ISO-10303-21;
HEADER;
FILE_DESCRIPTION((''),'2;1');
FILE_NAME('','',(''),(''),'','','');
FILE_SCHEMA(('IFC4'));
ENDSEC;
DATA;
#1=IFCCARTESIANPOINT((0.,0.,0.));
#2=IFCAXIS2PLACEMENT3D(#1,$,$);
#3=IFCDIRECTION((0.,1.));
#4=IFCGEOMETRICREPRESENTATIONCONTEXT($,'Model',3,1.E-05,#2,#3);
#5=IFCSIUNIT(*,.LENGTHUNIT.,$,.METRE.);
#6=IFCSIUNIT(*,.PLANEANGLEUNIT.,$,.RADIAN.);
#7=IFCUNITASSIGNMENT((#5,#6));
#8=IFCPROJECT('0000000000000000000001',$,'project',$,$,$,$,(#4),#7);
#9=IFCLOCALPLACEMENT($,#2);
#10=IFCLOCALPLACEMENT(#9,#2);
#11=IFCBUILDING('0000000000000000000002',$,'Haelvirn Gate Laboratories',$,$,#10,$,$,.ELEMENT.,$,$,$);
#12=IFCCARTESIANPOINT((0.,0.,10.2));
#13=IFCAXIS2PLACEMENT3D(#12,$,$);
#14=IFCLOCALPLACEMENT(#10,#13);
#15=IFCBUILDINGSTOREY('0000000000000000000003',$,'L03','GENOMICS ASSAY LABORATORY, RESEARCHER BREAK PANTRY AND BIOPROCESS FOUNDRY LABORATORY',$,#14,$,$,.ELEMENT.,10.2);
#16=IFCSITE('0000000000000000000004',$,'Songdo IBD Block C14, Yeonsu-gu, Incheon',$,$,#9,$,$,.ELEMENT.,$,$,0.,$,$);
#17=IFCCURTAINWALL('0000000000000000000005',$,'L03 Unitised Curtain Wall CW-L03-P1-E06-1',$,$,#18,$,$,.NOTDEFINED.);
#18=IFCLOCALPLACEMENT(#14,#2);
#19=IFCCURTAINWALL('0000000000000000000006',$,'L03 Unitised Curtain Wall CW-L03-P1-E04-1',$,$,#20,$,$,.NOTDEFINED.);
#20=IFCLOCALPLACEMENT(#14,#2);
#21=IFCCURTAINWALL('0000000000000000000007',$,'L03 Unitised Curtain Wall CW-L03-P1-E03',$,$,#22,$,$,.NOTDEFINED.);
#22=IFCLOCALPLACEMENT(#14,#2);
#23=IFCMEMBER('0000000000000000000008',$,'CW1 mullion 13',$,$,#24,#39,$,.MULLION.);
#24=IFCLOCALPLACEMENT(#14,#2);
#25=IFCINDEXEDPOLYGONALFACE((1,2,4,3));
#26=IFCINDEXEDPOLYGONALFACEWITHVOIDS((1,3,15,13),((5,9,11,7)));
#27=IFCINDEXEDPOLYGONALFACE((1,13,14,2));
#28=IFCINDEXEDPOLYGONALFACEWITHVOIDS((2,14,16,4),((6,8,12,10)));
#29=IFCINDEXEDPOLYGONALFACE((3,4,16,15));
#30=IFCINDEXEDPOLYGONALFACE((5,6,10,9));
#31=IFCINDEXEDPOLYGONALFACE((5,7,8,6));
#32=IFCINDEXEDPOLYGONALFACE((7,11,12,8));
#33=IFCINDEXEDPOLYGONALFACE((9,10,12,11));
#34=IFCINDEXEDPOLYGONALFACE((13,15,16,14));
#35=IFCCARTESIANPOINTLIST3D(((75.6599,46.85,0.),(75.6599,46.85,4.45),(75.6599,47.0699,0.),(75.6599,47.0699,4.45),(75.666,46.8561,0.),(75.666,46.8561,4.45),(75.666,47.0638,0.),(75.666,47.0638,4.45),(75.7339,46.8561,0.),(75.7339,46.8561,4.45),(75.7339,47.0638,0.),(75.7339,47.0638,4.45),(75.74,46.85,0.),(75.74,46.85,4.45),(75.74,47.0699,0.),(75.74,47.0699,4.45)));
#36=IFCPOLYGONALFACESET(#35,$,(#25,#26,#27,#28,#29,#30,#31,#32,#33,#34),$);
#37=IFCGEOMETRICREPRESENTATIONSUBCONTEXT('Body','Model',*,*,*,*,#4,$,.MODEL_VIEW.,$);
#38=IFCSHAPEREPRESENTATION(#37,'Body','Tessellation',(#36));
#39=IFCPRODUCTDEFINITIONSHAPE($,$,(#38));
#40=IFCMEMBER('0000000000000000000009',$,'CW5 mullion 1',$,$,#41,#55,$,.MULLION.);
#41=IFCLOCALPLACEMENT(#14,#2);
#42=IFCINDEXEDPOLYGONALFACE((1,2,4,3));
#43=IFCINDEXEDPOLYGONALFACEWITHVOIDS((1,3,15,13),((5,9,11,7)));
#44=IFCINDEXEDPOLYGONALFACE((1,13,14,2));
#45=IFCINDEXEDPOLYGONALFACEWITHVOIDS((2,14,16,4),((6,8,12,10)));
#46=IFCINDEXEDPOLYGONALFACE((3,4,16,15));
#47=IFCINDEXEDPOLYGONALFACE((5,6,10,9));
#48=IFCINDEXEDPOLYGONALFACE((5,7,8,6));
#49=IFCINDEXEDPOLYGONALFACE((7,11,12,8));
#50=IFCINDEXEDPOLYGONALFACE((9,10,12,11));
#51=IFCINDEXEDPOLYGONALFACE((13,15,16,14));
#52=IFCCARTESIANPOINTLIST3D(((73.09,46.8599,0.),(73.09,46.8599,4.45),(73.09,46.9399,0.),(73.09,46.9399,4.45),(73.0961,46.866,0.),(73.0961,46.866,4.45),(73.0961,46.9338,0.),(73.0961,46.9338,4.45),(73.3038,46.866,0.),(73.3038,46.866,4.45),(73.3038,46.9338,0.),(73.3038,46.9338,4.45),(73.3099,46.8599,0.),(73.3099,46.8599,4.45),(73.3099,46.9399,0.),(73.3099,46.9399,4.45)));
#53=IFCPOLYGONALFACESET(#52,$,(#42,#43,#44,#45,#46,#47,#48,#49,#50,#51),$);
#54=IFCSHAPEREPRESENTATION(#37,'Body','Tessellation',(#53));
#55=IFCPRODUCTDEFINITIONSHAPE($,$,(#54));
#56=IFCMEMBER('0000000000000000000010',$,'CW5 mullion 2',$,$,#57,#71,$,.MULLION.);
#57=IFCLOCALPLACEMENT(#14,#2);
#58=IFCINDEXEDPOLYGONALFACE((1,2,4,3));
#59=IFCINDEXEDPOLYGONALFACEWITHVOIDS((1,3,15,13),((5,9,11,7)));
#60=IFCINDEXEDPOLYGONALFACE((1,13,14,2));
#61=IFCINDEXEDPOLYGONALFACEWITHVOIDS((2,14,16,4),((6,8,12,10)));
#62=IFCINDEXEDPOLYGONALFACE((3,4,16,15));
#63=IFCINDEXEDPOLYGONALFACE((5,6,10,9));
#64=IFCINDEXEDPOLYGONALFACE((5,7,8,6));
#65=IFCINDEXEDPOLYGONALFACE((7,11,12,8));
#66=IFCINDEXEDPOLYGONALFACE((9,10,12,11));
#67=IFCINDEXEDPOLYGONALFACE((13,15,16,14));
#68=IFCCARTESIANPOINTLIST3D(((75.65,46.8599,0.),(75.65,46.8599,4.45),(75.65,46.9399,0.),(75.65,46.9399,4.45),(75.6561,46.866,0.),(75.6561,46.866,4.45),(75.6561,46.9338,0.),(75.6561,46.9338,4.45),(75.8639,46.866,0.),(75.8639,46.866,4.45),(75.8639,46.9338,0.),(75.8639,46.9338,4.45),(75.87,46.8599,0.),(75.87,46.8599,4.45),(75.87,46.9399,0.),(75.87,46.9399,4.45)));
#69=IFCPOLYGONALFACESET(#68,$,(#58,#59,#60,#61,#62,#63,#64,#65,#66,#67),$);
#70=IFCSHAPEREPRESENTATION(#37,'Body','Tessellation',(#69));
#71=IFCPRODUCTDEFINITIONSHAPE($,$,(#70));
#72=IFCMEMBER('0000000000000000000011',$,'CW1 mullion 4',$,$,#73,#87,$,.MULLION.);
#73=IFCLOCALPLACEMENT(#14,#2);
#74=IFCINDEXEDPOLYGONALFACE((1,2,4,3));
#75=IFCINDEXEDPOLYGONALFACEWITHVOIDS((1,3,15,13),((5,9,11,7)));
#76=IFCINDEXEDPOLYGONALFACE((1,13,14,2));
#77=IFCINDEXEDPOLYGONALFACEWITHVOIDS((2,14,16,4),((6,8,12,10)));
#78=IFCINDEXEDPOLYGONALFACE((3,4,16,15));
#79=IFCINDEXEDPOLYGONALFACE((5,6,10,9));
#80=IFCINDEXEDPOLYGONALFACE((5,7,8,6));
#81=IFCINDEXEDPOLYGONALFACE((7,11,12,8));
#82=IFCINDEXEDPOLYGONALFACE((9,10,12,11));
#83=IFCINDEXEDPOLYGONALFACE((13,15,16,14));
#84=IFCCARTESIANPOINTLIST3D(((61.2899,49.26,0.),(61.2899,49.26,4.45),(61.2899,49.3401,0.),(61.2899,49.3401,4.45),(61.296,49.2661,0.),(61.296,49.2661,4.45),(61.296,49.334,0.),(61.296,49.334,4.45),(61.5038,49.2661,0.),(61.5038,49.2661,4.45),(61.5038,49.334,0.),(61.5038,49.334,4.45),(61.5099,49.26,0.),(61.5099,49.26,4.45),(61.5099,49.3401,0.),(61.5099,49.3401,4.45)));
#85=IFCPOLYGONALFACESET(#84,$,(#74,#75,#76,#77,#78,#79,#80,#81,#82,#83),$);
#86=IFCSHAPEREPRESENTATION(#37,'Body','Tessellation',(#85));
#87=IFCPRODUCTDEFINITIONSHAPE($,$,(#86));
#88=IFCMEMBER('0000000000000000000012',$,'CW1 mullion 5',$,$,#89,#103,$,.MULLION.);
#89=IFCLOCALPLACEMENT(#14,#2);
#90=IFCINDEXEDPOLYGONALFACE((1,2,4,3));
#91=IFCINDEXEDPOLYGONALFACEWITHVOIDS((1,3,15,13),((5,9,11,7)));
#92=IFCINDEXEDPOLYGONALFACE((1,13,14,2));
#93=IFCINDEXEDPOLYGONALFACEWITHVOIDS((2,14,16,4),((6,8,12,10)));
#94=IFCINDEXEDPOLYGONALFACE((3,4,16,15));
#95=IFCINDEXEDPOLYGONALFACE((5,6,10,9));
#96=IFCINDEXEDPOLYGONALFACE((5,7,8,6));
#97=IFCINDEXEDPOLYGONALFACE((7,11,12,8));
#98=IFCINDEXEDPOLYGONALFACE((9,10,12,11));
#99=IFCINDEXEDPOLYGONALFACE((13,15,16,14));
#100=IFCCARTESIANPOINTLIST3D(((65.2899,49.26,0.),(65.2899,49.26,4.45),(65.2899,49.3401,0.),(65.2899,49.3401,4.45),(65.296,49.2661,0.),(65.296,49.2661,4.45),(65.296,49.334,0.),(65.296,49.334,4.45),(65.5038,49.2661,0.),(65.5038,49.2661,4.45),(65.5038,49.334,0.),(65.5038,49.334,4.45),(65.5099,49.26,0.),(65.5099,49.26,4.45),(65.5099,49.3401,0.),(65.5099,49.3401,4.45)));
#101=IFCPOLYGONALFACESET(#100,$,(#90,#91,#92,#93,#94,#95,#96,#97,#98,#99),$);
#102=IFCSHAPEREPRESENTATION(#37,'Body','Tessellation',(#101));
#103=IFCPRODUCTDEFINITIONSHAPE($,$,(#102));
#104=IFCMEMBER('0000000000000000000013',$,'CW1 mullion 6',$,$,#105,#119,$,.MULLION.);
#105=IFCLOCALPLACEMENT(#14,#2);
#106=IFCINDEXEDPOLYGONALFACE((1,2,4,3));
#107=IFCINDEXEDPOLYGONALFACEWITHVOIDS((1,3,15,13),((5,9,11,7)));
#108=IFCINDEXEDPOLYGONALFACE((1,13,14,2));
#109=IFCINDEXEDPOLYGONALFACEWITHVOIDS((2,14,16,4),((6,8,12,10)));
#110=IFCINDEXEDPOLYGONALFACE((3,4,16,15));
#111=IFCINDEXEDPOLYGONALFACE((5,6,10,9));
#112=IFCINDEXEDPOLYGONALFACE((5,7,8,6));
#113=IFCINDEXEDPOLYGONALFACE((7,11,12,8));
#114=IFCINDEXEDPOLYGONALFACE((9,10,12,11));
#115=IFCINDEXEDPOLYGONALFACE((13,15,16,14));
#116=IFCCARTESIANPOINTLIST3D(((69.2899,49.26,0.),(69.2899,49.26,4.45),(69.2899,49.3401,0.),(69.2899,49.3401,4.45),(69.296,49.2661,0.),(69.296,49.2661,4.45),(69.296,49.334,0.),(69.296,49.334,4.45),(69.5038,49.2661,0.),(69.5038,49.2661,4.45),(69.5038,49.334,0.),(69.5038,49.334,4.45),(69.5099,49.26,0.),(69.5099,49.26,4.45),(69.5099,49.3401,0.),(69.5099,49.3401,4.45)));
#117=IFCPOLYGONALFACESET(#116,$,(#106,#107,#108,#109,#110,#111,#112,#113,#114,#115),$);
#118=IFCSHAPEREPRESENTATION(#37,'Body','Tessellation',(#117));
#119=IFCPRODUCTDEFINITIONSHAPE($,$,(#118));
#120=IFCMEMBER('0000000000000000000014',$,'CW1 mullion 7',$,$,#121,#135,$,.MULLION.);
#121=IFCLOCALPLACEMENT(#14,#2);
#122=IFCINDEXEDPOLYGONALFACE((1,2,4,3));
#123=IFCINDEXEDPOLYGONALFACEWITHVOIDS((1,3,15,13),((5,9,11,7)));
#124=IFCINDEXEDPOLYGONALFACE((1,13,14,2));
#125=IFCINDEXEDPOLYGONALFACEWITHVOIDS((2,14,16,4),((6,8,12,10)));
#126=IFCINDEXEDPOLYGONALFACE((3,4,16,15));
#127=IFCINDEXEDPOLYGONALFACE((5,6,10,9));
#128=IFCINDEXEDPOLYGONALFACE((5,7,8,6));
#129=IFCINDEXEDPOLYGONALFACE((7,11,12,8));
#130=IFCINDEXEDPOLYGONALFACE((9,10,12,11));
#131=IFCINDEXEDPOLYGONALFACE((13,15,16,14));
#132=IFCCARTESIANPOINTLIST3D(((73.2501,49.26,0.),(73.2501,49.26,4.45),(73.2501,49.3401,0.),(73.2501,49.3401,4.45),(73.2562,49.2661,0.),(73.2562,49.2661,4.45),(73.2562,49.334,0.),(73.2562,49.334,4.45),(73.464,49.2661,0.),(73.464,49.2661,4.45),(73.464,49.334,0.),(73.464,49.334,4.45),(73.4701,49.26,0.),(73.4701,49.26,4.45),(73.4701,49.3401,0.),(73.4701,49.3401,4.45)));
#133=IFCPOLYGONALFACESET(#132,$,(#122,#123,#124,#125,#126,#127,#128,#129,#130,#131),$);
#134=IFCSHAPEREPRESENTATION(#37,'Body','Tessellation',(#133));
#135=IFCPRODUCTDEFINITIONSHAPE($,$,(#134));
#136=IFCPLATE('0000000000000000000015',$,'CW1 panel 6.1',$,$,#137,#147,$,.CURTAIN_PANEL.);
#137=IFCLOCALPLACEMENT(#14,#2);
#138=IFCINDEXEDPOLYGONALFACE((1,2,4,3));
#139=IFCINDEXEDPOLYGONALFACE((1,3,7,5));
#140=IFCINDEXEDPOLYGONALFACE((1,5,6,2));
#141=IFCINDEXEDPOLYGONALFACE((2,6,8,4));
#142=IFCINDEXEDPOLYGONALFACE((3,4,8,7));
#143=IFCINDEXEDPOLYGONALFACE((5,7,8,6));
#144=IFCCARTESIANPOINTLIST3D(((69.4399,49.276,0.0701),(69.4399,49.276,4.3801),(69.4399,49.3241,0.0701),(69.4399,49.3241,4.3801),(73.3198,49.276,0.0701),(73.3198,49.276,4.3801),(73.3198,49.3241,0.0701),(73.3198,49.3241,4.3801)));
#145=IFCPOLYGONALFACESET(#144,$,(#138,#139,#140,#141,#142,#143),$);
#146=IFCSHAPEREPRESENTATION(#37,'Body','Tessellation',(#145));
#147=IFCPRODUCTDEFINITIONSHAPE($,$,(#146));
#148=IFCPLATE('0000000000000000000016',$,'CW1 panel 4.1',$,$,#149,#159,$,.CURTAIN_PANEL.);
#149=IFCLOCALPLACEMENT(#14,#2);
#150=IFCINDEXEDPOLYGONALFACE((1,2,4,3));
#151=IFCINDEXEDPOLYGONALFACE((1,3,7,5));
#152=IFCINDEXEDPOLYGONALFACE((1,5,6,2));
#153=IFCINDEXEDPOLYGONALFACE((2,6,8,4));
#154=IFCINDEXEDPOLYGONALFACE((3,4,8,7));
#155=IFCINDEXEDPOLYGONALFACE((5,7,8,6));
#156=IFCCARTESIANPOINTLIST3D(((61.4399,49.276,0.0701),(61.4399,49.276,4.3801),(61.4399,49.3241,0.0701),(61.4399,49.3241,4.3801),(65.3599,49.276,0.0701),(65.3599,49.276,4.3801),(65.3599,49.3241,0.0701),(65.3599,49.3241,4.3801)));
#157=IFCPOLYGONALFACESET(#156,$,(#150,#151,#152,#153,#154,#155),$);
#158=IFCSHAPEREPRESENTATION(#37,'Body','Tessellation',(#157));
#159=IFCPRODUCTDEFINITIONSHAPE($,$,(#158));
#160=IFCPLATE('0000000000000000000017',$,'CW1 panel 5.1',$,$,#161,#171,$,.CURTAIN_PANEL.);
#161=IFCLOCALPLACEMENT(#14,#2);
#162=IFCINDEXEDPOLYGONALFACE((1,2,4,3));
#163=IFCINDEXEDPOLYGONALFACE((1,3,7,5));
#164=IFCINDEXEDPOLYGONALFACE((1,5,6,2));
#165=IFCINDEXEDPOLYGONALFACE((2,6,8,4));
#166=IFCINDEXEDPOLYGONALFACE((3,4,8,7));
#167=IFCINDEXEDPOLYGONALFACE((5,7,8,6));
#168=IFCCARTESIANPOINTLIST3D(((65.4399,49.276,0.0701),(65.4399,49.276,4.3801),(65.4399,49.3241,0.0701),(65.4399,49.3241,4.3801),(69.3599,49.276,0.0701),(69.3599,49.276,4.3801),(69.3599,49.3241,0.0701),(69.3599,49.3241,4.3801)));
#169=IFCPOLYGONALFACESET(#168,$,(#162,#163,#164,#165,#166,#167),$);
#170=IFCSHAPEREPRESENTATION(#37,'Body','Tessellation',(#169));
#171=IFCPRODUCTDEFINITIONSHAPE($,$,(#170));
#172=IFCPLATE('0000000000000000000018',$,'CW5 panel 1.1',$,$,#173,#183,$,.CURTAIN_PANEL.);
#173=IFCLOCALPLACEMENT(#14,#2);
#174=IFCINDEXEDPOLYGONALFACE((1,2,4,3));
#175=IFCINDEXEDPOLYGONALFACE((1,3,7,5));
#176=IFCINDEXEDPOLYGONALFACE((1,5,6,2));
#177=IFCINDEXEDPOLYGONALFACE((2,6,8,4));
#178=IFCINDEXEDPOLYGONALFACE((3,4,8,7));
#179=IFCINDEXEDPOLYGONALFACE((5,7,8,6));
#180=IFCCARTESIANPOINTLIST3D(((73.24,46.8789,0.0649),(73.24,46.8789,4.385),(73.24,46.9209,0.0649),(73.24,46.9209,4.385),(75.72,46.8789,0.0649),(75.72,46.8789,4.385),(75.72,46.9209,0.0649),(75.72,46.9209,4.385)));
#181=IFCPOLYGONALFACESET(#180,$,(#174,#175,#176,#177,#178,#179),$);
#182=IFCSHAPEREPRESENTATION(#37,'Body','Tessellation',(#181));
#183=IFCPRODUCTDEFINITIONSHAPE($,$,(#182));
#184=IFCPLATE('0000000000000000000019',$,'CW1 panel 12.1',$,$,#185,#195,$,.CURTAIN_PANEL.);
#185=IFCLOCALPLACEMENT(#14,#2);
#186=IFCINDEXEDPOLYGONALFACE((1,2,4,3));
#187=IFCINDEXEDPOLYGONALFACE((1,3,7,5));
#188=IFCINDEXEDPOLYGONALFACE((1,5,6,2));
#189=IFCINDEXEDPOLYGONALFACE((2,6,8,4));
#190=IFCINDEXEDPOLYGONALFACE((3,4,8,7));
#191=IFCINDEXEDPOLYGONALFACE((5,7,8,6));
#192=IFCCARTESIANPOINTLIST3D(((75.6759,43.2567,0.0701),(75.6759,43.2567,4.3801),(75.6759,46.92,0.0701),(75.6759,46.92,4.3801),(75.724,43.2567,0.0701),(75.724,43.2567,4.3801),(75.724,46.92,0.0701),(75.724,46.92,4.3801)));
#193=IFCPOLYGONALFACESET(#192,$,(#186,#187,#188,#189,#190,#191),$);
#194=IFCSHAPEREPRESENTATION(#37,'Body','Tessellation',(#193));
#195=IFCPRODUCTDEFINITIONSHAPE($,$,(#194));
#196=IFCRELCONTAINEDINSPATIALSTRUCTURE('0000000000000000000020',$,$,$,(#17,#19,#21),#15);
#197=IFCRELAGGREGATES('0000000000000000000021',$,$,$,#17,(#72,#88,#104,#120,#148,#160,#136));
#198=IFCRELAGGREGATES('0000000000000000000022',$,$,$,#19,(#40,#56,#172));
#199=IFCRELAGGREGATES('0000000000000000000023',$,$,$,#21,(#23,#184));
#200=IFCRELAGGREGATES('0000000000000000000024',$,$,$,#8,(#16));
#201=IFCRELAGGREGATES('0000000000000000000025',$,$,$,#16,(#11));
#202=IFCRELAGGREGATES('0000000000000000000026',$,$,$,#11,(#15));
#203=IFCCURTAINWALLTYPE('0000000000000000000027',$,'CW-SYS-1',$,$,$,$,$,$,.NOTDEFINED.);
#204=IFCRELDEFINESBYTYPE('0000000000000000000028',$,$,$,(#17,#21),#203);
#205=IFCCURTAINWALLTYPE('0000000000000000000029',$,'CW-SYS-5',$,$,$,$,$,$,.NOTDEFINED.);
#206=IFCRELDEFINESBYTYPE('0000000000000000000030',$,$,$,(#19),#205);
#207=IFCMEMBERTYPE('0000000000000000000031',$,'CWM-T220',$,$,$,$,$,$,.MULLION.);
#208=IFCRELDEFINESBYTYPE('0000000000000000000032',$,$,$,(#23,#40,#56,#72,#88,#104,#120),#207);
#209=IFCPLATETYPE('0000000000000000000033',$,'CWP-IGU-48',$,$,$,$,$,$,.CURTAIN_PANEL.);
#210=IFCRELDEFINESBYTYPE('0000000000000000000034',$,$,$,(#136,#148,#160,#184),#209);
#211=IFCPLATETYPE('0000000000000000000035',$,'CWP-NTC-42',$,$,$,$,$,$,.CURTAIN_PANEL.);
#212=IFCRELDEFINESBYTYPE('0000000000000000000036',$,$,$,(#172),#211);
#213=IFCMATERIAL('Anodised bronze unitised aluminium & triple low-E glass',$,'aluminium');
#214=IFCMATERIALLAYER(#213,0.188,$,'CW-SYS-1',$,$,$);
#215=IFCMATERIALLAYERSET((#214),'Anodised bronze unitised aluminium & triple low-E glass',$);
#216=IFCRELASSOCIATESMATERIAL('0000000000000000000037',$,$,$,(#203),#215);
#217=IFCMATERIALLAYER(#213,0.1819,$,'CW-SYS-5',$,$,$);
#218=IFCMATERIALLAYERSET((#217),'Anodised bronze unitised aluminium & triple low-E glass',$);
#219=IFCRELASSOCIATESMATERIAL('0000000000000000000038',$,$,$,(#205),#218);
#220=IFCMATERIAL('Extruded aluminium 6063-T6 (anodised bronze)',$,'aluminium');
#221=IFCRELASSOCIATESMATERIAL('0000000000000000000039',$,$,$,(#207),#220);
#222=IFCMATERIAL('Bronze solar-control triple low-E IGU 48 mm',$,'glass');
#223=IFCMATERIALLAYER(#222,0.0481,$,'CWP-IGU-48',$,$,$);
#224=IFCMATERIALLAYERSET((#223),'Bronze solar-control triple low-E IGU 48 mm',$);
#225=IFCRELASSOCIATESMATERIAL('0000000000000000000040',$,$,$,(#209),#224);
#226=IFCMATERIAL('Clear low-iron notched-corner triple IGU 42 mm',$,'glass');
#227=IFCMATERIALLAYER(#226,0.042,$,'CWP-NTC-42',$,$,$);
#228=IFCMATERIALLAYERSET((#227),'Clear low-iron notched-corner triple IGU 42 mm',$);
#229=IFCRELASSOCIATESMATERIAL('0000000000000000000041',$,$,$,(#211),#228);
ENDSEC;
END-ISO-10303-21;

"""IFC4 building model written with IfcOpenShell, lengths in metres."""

from ifc_helpers import new_model, si_unit, direction, frame, origin, origin_2d, place, context, subcontext, project, spatial, rectangle, hollow_rectangle, extrude, source, transform, mapped, material, layer, layer_set, material_profile, profile_set, type_object, type_shapes, element, aggregate, save


model = new_model("IFC4")

# Units and contexts
model_context = context("Model", 3, precision=1e-05, world=origin(), true_north=direction((0.0, 1.0)))
body_context = subcontext(model_context, "Body", "Model", "MODEL_VIEW")
ifc_project = project(units=[si_unit("LENGTHUNIT", "METRE"), si_unit("PLANEANGLEUNIT", "RADIAN")], contexts=[model_context])

# Site, building, storey
site_placement = place(None, origin())
site = spatial("IfcSite", under=ifc_project, at=site_placement, Name="Songdo IBD Block C14, Yeonsu-gu, Incheon", CompositionType="ELEMENT", RefElevation=0.0)
building_placement = place(site_placement, origin())
building = spatial("IfcBuilding", under=site, at=building_placement, Name="Haelvirn Gate Laboratories", CompositionType="ELEMENT")
storey_placement = place(building_placement, frame((0.0, 0.0, 10.2)))
storey = spatial("IfcBuildingStorey", under=building, at=storey_placement, Name="L03", Description="GENOMICS ASSAY LABORATORY, RESEARCHER BREAK PANTRY AND BIOPROCESS FOUNDRY LABORATORY", CompositionType="ELEMENT", Elevation=10.2)

# Curtain walls, member
ifc_material_1 = material(Name="Anodised bronze unitised aluminium & triple low-E glass", Category="aluminium")
ifc_layer_1 = layer(ifc_material_1, 0.188, Name="CW-SYS-1")
ifc_layer_set_1 = layer_set([ifc_layer_1], Name="Anodised bronze unitised aluminium & triple low-E glass")
curtain_wall_type_1 = type_object("IfcCurtainWallType", Name="CW-SYS-1", PredefinedType="NOTDEFINED", material=ifc_layer_set_1)
curtain_wall_1_placement = place(storey_placement, origin())
curtain_wall_1 = element("IfcCurtainWall", 1, at=curtain_wall_1_placement, inside=storey, type_object=curtain_wall_type_1, Name="L03 Unitised Curtain Wall CW-L03-P1-E06-1", PredefinedType="NOTDEFINED")
ifc_material_2 = material(Name="Extruded aluminium 6063-T6 (anodised bronze)", Category="aluminium")
ifc_layer_2 = layer(ifc_material_1, 0.1819, Name="CW-SYS-5")
ifc_layer_set_2 = layer_set([ifc_layer_2], Name="Anodised bronze unitised aluminium & triple low-E glass")
curtain_wall_type_2 = type_object("IfcCurtainWallType", Name="CW-SYS-5", PredefinedType="NOTDEFINED", material=ifc_layer_set_2)
curtain_wall_2_placement = place(storey_placement, origin())
curtain_wall_2 = element("IfcCurtainWall", 2, at=curtain_wall_2_placement, inside=storey, type_object=curtain_wall_type_2, Name="L03 Unitised Curtain Wall CW-L03-P1-E04-1", PredefinedType="NOTDEFINED")
curtain_wall_3_placement = place(storey_placement, origin())
curtain_wall_3 = element("IfcCurtainWall", 3, at=curtain_wall_3_placement, inside=storey, type_object=curtain_wall_type_1, Name="L03 Unitised Curtain Wall CW-L03-P1-E03", PredefinedType="NOTDEFINED")
ifc_material_profile_1 = material_profile(ifc_material_2, hollow_rectangle(XDim=0.0801, YDim=0.22, WallThickness=0.0061, at=origin_2d()), Name="CWM-220x80x6")
ifc_profile_set_1 = profile_set([ifc_material_profile_1], Name="Extruded aluminium 6063-T6 (anodised bronze)")
member_type_1 = type_object("IfcMemberType", Name="CWM-T220", PredefinedType="MULLION", material=ifc_profile_set_1)
shared_shape_1 = source(origin(), body_context, "Body", "SweptSolid", [
    extrude(hollow_rectangle(XDim=0.0801, YDim=0.22, WallThickness=0.0061, at=origin_2d()), origin(), (0.0, 0.0, 1.0), 4.45),
])
type_shapes(member_type_1, [shared_shape_1])
member_1_placement = place(storey_placement, frame((75.7, 46.96, 0.0), z_axis=(0.0, 0.0, 1.0), x_axis=(-1.0, 0.0, 0.0)))
member_1 = element("IfcMember", 4, at=member_1_placement, type_object=member_type_1, Name="CW1 mullion 13", PredefinedType="MULLION", context=body_context, shape_type="MappedRepresentation", body=[
    mapped(shared_shape_1, transform((0.0, 0.0, 0.0), scale=1.0)),
])

# Members
member_2_placement = place(storey_placement, frame((73.2, 46.8999, 0.0), z_axis=(0.0, 0.0, 1.0), x_axis=(0.0, 1.0, 0.0)))
member_2 = element("IfcMember", 5, at=member_2_placement, type_object=member_type_1, Name="CW5 mullion 1", PredefinedType="MULLION", context=body_context, shape_type="MappedRepresentation", body=[
    mapped(shared_shape_1, transform((0.0, 0.0, 0.0), scale=1.0)),
])
member_3_placement = place(storey_placement, frame((75.76, 46.8999, 0.0), z_axis=(0.0, 0.0, 1.0), x_axis=(0.0, 1.0, 0.0)))
member_3 = element("IfcMember", 6, at=member_3_placement, type_object=member_type_1, Name="CW5 mullion 2", PredefinedType="MULLION", context=body_context, shape_type="MappedRepresentation", body=[
    mapped(shared_shape_1, transform((0.0, 0.0, 0.0), scale=1.0)),
])
member_4_placement = place(storey_placement, frame((61.3999, 49.3, 0.0), z_axis=(0.0, 0.0, 1.0), x_axis=(0.0, 1.0, 0.0)))
member_4 = element("IfcMember", 7, at=member_4_placement, type_object=member_type_1, Name="CW1 mullion 4", PredefinedType="MULLION", context=body_context, shape_type="MappedRepresentation", body=[
    mapped(shared_shape_1, transform((0.0, 0.0, 0.0), scale=1.0)),
])
member_5_placement = place(storey_placement, frame((65.3999, 49.3, 0.0), z_axis=(0.0, 0.0, 1.0), x_axis=(0.0, 1.0, 0.0)))
member_5 = element("IfcMember", 8, at=member_5_placement, type_object=member_type_1, Name="CW1 mullion 5", PredefinedType="MULLION", context=body_context, shape_type="MappedRepresentation", body=[
    mapped(shared_shape_1, transform((0.0, 0.0, 0.0), scale=1.0)),
])
member_6_placement = place(storey_placement, frame((69.3999, 49.3, 0.0), z_axis=(0.0, 0.0, 1.0), x_axis=(0.0, 1.0, 0.0)))
member_6 = element("IfcMember", 9, at=member_6_placement, type_object=member_type_1, Name="CW1 mullion 6", PredefinedType="MULLION", context=body_context, shape_type="MappedRepresentation", body=[
    mapped(shared_shape_1, transform((0.0, 0.0, 0.0), scale=1.0)),
])
member_7_placement = place(storey_placement, frame((73.3601, 49.3, 0.0), z_axis=(0.0, 0.0, 1.0), x_axis=(0.0, 1.0, 0.0)))
member_7 = element("IfcMember", 10, at=member_7_placement, type_object=member_type_1, Name="CW1 mullion 7", PredefinedType="MULLION", context=body_context, shape_type="MappedRepresentation", body=[
    mapped(shared_shape_1, transform((0.0, 0.0, 0.0), scale=1.0)),
])

# Plates
ifc_material_3 = material(Name="Bronze solar-control triple low-E IGU 48 mm", Category="glass")
ifc_layer_3 = layer(ifc_material_3, 0.0481, Name="CWP-IGU-48")
ifc_layer_set_3 = layer_set([ifc_layer_3], Name="Bronze solar-control triple low-E IGU 48 mm")
plate_type_1 = type_object("IfcPlateType", Name="CWP-IGU-48", PredefinedType="CURTAIN_PANEL", material=ifc_layer_set_3)
shared_shape_2 = source(origin(), body_context, "Body", "SweptSolid", [
    extrude(rectangle(XDim=3.8799, YDim=0.0481, at=origin_2d()), origin(), (0.0, 0.0, 1.0), 4.3101),
])
plate_1_placement = place(storey_placement, frame((71.3799, 49.3, 0.0701), z_axis=(0.0, 0.0, 1.0), x_axis=(1.0, 0.0, 0.0)))
plate_1 = element("IfcPlate", 11, at=plate_1_placement, type_object=plate_type_1, Name="CW1 panel 6.1", PredefinedType="CURTAIN_PANEL", context=body_context, shape_type="MappedRepresentation", body=[
    mapped(shared_shape_2, transform((0.0, 0.0, 0.0), scale=1.0)),
])
shared_shape_3 = source(origin(), body_context, "Body", "SweptSolid", [
    extrude(rectangle(XDim=3.9199, YDim=0.0481, at=origin_2d()), origin(), (0.0, 0.0, 1.0), 4.3101),
])
plate_2_placement = place(storey_placement, frame((63.3999, 49.3, 0.0701), z_axis=(0.0, 0.0, 1.0), x_axis=(1.0, 0.0, 0.0)))
plate_2 = element("IfcPlate", 12, at=plate_2_placement, type_object=plate_type_1, Name="CW1 panel 4.1", PredefinedType="CURTAIN_PANEL", context=body_context, shape_type="MappedRepresentation", body=[
    mapped(shared_shape_3, transform((0.0, 0.0, 0.0), scale=1.0)),
])
plate_3_placement = place(storey_placement, frame((67.3999, 49.3, 0.0701), z_axis=(0.0, 0.0, 1.0), x_axis=(1.0, 0.0, 0.0)))
plate_3 = element("IfcPlate", 13, at=plate_3_placement, type_object=plate_type_1, Name="CW1 panel 5.1", PredefinedType="CURTAIN_PANEL", context=body_context, shape_type="MappedRepresentation", body=[
    mapped(shared_shape_3, transform((0.0, 0.0, 0.0), scale=1.0)),
])
aggregate(curtain_wall_1, [member_4, member_5, member_6, member_7, plate_2, plate_3, plate_1])
ifc_material_4 = material(Name="Clear low-iron notched-corner triple IGU 42 mm", Category="glass")
ifc_layer_4 = layer(ifc_material_4, 0.042, Name="CWP-NTC-42")
ifc_layer_set_4 = layer_set([ifc_layer_4], Name="Clear low-iron notched-corner triple IGU 42 mm")
plate_type_2 = type_object("IfcPlateType", Name="CWP-NTC-42", PredefinedType="CURTAIN_PANEL", material=ifc_layer_set_4)
shared_shape_4 = source(origin(), body_context, "Body", "SweptSolid", [
    extrude(rectangle(XDim=2.48, YDim=0.042, at=origin_2d()), origin(), (0.0, 0.0, 1.0), 4.3201),
])
type_shapes(plate_type_2, [shared_shape_4])
plate_4_placement = place(storey_placement, frame((74.48, 46.8999, 0.0649), z_axis=(0.0, 0.0, 1.0), x_axis=(1.0, 0.0, 0.0)))
plate_4 = element("IfcPlate", 14, at=plate_4_placement, type_object=plate_type_2, Name="CW5 panel 1.1", PredefinedType="CURTAIN_PANEL", context=body_context, shape_type="MappedRepresentation", body=[
    mapped(shared_shape_4, transform((0.0, 0.0, 0.0), scale=1.0)),
])
aggregate(curtain_wall_2, [member_2, member_3, plate_4])
shared_shape_5 = source(origin(), body_context, "Body", "SweptSolid", [
    extrude(rectangle(XDim=3.6633, YDim=0.0481, at=origin_2d()), origin(), (0.0, 0.0, 1.0), 4.3101),
])
plate_5_placement = place(storey_placement, frame((75.7, 45.0884, 0.0701), z_axis=(0.0, 0.0, 1.0), x_axis=(0.0, 1.0, 0.0)))
plate_5 = element("IfcPlate", 15, at=plate_5_placement, type_object=plate_type_1, Name="CW1 panel 12.1", PredefinedType="CURTAIN_PANEL", context=body_context, shape_type="MappedRepresentation", body=[
    mapped(shared_shape_5, transform((0.0, 0.0, 0.0), scale=1.0)),
])
aggregate(curtain_wall_3, [member_1, plate_5])

save(model, "model.ifc")
